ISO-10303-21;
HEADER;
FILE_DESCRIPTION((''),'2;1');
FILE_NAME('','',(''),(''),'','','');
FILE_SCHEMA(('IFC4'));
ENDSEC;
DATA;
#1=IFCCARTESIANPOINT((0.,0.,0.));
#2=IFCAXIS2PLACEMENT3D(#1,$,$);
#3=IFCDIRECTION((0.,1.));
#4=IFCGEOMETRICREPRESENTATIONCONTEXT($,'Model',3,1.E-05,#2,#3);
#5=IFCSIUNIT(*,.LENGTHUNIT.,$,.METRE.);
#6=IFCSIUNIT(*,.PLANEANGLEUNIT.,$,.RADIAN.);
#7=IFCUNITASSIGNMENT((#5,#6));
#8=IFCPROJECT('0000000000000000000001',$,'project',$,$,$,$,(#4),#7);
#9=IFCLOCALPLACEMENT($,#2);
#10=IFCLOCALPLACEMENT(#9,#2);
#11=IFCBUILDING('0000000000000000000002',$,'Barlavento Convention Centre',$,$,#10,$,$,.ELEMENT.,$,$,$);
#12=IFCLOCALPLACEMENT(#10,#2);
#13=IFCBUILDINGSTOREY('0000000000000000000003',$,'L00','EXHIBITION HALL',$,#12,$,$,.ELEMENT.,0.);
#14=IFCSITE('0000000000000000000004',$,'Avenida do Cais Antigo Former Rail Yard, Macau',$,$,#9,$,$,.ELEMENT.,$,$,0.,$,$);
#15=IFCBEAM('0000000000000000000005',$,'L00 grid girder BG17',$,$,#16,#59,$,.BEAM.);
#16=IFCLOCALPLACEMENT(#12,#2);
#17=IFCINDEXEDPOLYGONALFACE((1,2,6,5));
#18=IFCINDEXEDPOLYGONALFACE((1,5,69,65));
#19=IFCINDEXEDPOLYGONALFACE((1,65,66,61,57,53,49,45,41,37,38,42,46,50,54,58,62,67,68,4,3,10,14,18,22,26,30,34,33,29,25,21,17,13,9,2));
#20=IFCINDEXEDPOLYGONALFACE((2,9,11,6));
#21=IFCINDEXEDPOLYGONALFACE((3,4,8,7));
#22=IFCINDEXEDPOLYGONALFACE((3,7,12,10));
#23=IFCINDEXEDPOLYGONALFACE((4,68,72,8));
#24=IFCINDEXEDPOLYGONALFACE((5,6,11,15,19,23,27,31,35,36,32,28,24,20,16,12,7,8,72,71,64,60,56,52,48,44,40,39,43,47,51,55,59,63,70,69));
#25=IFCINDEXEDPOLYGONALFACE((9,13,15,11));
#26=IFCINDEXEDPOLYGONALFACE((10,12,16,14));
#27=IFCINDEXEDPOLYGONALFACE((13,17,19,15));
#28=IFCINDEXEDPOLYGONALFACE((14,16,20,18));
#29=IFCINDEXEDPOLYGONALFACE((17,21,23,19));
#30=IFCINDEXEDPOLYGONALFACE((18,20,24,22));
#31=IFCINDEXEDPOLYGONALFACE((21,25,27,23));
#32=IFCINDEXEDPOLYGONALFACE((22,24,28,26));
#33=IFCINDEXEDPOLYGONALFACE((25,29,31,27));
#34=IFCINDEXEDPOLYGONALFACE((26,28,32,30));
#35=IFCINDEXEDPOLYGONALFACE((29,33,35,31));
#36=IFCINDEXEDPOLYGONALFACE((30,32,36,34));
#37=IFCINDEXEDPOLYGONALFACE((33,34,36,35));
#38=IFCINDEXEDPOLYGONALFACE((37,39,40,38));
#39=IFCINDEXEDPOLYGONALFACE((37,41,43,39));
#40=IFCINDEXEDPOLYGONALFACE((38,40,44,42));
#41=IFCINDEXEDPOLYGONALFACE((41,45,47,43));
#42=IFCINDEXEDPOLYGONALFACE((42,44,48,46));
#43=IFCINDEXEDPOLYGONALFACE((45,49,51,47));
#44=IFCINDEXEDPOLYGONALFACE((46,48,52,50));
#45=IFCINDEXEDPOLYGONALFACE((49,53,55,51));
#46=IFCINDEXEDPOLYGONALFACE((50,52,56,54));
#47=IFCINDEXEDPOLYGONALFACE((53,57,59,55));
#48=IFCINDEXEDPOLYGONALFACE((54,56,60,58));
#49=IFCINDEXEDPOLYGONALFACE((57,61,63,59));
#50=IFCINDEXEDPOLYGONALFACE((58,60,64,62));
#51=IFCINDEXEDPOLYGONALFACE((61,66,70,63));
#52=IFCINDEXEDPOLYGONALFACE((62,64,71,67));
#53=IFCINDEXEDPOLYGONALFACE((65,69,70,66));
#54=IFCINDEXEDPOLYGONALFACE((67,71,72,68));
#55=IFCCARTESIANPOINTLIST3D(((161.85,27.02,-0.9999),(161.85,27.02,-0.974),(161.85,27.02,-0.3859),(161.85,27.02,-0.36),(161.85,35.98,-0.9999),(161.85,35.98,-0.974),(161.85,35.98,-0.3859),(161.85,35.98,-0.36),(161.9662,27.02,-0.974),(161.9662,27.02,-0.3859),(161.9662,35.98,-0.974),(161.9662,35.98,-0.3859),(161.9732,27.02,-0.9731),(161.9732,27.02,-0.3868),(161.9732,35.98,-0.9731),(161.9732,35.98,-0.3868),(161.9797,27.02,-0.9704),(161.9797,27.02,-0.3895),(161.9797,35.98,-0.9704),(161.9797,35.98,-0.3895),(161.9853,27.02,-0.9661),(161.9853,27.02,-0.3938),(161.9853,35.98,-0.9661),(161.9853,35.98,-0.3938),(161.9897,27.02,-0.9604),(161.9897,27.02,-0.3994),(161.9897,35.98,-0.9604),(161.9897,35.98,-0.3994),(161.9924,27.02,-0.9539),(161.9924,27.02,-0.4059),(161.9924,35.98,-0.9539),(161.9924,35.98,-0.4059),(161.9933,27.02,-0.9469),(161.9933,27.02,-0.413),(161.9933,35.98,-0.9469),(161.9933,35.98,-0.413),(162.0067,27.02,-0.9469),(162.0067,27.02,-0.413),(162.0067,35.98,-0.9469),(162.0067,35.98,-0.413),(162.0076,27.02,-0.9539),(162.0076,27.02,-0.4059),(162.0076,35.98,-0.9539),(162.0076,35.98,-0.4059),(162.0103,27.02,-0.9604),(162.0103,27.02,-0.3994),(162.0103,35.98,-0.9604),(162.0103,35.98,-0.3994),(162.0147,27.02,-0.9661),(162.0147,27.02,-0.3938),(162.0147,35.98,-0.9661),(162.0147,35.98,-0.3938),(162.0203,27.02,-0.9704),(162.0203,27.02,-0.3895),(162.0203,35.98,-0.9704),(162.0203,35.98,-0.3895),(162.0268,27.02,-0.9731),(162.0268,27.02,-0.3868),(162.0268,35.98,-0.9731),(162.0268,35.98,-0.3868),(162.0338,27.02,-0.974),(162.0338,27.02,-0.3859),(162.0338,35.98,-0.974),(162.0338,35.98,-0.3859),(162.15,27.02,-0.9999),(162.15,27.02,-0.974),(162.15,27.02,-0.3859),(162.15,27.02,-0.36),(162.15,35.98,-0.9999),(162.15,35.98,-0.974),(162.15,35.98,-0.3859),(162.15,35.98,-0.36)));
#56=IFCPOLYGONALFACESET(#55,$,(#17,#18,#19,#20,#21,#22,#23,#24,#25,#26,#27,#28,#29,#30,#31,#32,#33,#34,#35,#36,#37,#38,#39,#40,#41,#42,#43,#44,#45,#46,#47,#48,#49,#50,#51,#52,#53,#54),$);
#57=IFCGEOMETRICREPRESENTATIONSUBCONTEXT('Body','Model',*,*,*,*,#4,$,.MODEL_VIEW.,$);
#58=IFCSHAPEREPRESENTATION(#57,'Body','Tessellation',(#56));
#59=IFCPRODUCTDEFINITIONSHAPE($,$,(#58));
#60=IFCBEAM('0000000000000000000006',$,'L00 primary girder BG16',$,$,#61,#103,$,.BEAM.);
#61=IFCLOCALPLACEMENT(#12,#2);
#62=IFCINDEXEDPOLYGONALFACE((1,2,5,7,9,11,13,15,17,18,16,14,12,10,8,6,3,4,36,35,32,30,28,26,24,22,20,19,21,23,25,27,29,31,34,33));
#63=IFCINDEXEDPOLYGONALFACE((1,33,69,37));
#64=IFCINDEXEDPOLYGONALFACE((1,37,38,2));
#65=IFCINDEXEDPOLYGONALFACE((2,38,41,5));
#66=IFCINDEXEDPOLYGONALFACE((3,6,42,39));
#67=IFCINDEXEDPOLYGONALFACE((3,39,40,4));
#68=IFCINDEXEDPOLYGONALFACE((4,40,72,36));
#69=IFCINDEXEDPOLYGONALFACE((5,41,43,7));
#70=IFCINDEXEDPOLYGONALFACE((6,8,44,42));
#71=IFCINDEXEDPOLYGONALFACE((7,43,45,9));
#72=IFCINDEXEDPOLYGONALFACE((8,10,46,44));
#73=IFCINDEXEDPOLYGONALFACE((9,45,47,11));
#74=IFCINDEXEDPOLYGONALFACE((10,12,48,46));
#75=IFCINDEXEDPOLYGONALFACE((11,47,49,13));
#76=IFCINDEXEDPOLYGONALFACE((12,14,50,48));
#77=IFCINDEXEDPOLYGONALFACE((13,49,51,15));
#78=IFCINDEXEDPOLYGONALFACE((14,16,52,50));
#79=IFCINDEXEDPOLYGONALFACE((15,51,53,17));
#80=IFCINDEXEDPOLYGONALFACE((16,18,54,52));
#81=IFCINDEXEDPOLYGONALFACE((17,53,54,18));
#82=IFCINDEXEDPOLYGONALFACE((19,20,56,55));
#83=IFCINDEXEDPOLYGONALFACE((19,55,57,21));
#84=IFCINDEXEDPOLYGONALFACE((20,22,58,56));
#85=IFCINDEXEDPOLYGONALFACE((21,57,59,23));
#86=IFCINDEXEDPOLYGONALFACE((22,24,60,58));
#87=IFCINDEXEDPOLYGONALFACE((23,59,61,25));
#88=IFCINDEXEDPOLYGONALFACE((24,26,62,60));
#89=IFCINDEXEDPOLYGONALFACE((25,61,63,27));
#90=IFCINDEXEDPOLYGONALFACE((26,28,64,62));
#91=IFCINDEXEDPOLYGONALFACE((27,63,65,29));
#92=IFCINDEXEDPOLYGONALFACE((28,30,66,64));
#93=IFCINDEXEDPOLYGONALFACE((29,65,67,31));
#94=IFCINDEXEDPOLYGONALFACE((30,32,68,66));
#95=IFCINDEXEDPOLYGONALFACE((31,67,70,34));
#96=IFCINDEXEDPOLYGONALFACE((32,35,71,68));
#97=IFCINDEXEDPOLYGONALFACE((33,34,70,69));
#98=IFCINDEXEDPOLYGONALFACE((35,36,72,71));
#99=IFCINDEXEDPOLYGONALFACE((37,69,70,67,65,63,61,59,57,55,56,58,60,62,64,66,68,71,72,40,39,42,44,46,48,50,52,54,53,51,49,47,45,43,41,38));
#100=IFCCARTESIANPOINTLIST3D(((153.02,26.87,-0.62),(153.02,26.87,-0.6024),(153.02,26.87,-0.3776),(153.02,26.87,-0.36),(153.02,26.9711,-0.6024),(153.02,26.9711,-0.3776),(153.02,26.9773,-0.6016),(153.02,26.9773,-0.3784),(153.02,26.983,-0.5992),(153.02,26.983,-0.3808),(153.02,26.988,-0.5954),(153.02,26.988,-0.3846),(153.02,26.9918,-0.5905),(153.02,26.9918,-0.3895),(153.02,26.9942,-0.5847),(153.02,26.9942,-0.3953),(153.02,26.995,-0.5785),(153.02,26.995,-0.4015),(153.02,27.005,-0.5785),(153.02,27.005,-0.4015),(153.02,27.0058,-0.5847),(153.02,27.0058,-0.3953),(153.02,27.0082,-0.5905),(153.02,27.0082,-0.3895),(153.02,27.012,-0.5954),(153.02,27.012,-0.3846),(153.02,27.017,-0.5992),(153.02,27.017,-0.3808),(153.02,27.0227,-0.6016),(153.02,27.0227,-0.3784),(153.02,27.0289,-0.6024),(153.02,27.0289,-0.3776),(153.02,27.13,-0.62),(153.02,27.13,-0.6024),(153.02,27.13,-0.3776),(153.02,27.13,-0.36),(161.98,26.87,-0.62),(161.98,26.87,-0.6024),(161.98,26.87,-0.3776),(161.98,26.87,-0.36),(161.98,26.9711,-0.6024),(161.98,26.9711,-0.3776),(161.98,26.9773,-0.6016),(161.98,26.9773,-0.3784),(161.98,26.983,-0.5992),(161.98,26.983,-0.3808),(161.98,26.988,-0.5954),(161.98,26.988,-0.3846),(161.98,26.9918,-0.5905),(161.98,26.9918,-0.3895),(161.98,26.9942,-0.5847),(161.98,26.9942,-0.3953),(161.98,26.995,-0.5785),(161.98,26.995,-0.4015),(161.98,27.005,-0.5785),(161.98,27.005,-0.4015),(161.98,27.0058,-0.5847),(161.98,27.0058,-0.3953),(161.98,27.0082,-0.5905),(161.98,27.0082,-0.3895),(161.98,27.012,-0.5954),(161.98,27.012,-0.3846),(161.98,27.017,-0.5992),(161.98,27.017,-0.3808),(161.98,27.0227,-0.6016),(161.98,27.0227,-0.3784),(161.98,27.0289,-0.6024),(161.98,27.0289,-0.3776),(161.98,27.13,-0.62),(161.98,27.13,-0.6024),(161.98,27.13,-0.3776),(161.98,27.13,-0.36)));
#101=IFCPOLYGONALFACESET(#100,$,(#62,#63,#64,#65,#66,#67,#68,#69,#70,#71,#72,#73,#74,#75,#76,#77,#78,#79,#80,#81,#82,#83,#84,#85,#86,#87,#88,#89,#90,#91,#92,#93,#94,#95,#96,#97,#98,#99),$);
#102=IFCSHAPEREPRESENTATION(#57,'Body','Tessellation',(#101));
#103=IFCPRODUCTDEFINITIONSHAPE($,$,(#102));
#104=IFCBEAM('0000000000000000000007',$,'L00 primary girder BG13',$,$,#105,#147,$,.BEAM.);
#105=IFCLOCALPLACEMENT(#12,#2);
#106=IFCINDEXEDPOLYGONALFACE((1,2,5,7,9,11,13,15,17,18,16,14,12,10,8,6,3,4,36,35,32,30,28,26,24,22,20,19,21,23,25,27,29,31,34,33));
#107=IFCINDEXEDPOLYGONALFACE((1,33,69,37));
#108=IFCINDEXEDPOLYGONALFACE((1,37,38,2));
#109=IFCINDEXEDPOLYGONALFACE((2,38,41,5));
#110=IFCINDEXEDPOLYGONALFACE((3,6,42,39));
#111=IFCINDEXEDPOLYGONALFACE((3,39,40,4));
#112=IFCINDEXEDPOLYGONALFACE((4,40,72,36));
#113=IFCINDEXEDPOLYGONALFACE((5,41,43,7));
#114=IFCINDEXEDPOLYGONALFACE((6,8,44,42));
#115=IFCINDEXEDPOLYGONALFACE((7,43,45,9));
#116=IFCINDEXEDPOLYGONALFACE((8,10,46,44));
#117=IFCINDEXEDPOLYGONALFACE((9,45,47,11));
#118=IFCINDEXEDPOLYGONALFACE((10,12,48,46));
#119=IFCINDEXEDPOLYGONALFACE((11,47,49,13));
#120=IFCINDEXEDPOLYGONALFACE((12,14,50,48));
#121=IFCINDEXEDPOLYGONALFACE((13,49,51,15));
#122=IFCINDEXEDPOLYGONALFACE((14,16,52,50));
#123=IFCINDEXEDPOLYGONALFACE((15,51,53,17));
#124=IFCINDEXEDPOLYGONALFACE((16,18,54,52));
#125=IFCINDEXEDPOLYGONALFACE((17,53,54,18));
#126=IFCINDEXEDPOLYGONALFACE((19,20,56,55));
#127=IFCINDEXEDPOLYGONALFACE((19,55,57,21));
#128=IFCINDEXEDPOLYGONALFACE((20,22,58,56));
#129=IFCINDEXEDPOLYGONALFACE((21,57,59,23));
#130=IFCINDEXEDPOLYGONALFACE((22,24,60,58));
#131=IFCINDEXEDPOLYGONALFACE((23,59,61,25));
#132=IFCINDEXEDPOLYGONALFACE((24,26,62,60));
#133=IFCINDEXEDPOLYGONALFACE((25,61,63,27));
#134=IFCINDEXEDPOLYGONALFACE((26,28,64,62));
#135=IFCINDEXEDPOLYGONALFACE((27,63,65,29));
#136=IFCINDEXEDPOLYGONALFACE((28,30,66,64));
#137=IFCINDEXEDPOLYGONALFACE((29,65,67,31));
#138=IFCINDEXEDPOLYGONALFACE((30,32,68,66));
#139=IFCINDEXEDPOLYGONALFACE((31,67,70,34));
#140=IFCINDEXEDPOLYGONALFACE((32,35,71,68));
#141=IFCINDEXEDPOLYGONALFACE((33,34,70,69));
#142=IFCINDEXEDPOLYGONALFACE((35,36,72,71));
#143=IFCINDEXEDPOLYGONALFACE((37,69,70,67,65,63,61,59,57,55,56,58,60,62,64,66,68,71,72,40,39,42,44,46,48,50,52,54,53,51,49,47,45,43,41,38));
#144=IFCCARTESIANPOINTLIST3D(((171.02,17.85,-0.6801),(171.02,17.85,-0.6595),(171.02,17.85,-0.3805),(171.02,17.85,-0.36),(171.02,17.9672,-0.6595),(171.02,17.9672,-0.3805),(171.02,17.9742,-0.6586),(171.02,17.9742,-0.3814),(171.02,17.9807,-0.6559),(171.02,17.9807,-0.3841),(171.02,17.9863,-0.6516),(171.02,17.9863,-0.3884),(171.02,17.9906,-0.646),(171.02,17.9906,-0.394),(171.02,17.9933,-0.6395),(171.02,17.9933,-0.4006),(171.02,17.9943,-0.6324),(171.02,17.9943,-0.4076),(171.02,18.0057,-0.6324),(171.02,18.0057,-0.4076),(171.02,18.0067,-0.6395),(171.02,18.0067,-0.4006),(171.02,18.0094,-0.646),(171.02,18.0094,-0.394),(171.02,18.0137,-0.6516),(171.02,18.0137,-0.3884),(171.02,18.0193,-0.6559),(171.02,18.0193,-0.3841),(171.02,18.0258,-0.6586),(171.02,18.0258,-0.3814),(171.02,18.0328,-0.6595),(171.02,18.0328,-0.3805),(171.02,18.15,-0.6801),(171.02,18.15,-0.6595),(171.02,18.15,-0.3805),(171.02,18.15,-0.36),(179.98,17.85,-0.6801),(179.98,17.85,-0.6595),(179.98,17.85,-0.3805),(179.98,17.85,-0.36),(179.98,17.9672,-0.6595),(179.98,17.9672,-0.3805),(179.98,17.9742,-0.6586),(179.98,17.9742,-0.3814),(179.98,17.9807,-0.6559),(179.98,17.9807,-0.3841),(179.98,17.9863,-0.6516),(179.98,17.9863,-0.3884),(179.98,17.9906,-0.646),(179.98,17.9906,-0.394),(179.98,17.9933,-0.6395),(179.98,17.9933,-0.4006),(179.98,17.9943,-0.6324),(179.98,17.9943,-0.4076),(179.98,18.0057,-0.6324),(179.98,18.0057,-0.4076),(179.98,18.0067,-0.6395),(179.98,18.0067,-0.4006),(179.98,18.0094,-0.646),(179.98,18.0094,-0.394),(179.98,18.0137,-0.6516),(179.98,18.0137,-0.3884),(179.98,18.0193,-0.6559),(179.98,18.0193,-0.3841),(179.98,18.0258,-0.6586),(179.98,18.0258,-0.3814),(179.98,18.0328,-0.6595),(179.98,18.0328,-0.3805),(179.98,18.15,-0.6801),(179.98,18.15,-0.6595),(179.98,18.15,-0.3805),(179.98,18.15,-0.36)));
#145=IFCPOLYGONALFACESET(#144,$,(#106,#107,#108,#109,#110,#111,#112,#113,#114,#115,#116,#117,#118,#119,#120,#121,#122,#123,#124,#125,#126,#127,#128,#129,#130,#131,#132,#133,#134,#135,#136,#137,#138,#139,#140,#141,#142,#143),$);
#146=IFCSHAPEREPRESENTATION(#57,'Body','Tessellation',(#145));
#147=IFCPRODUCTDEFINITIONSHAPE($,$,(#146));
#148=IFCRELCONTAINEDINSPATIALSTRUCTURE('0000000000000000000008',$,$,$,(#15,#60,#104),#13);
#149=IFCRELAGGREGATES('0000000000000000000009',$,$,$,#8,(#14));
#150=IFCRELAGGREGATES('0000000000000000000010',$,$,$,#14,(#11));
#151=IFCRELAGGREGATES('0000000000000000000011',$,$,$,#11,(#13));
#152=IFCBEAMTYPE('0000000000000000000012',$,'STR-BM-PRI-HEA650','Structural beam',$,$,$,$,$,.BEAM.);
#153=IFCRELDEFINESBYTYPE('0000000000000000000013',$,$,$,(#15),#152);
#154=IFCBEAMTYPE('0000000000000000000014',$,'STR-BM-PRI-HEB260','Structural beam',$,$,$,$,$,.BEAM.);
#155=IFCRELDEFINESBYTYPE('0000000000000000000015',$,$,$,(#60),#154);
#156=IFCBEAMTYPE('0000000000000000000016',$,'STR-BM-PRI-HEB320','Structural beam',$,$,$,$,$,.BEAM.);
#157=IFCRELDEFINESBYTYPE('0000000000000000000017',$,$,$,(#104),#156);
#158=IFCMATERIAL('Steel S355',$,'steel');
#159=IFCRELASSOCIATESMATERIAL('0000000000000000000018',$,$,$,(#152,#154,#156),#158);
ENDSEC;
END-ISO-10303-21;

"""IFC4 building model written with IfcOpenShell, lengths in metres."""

from ifc_helpers import new_model, si_unit, direction, frame, origin, origin_2d, place, context, subcontext, project, spatial, i_section, extrude, material, material_profile, profile_set, type_object, element, save


model = new_model("IFC4")

# Units and contexts
model_context = context("Model", 3, precision=1e-05, world=origin(), true_north=direction((0.0, 1.0)))
body_context = subcontext(model_context, "Body", "Model", "MODEL_VIEW")
ifc_project = project(units=[si_unit("LENGTHUNIT", "METRE"), si_unit("PLANEANGLEUNIT", "RADIAN")], contexts=[model_context])

# Site, building, storey
site_placement = place(None, origin())
site = spatial("IfcSite", under=ifc_project, at=site_placement, Name="Avenida do Cais Antigo Former Rail Yard, Macau", CompositionType="ELEMENT", RefElevation=0.0)
building_placement = place(site_placement, origin())
building = spatial("IfcBuilding", under=site, at=building_placement, Name="Barlavento Convention Centre", CompositionType="ELEMENT")
storey_placement = place(building_placement, origin())
storey = spatial("IfcBuildingStorey", under=building, at=storey_placement, Name="L00", Description="EXHIBITION HALL", CompositionType="ELEMENT", Elevation=0.0)

# Beams
ifc_material_1 = material(Name="Steel S355", Category="steel")
ifc_material_profile_1 = material_profile(ifc_material_1, i_section(OverallWidth=0.3, OverallDepth=0.6399, WebThickness=0.0134, FlangeThickness=0.0259, FilletRadius=0.0271, at=origin_2d()), Name="HEA 650")
ifc_profile_set_1 = profile_set([ifc_material_profile_1], Name="Steel S355")
beam_type_1 = type_object("IfcBeamType", Name="STR-BM-PRI-HEA650", Description="Structural beam", PredefinedType="BEAM", material=ifc_profile_set_1)
for number, where, z_axis, x_axis, name in (
    (1, (162.0, 27.02, -0.6799), (0.0, 1.0, 0.0), (-1.0, 0.0, 0.0), "L00 grid girder BG17"),
):
    element("IfcBeam", number, at=place(storey_placement, frame(where, z_axis=z_axis, x_axis=x_axis)), inside=storey, type_object=beam_type_1, Name=name, PredefinedType="BEAM", context=body_context, shape_type="SweptSolid", body=[
        extrude(i_section(OverallWidth=0.3, OverallDepth=0.6399, WebThickness=0.0134, FlangeThickness=0.0259, FilletRadius=0.0271, at=origin_2d()), origin(), (0.0, 0.0, 1.0), 8.96),
    ])
ifc_material_profile_2 = material_profile(ifc_material_1, i_section(OverallWidth=0.26, OverallDepth=0.26, WebThickness=0.01, FlangeThickness=0.0176, FilletRadius=0.0239, at=origin_2d()), Name="HEB 260")
ifc_profile_set_2 = profile_set([ifc_material_profile_2], Name="Steel S355")
beam_type_2 = type_object("IfcBeamType", Name="STR-BM-PRI-HEB260", Description="Structural beam", PredefinedType="BEAM", material=ifc_profile_set_2)
beam_1_placement = place(storey_placement, frame((153.02, 27.0, -0.49), z_axis=(1.0, 0.0, 0.0), x_axis=(0.0, 1.0, 0.0)))
element("IfcBeam", 2, at=beam_1_placement, inside=storey, type_object=beam_type_2, Name="L00 primary girder BG16", PredefinedType="BEAM", context=body_context, shape_type="SweptSolid", body=[
    extrude(i_section(OverallWidth=0.26, OverallDepth=0.26, WebThickness=0.01, FlangeThickness=0.0176, FilletRadius=0.0239, at=origin_2d()), origin(), (0.0, 0.0, 1.0), 8.96),
])
ifc_material_profile_3 = material_profile(ifc_material_1, i_section(OverallWidth=0.3, OverallDepth=0.3201, WebThickness=0.0115, FlangeThickness=0.0205, FilletRadius=0.0271, at=origin_2d()), Name="HEB 320")
ifc_profile_set_3 = profile_set([ifc_material_profile_3], Name="Steel S355")
beam_type_3 = type_object("IfcBeamType", Name="STR-BM-PRI-HEB320", Description="Structural beam", PredefinedType="BEAM", material=ifc_profile_set_3)
beam_2_placement = place(storey_placement, frame((171.02, 18.0, -0.52), z_axis=(1.0, 0.0, 0.0), x_axis=(0.0, 1.0, 0.0)))
element("IfcBeam", 3, at=beam_2_placement, inside=storey, type_object=beam_type_3, Name="L00 primary girder BG13", PredefinedType="BEAM", context=body_context, shape_type="SweptSolid", body=[
    extrude(i_section(OverallWidth=0.3, OverallDepth=0.3201, WebThickness=0.0115, FlangeThickness=0.0205, FilletRadius=0.0271, at=origin_2d()), origin(), (0.0, 0.0, 1.0), 8.96),
])

save(model, "model.ifc")
